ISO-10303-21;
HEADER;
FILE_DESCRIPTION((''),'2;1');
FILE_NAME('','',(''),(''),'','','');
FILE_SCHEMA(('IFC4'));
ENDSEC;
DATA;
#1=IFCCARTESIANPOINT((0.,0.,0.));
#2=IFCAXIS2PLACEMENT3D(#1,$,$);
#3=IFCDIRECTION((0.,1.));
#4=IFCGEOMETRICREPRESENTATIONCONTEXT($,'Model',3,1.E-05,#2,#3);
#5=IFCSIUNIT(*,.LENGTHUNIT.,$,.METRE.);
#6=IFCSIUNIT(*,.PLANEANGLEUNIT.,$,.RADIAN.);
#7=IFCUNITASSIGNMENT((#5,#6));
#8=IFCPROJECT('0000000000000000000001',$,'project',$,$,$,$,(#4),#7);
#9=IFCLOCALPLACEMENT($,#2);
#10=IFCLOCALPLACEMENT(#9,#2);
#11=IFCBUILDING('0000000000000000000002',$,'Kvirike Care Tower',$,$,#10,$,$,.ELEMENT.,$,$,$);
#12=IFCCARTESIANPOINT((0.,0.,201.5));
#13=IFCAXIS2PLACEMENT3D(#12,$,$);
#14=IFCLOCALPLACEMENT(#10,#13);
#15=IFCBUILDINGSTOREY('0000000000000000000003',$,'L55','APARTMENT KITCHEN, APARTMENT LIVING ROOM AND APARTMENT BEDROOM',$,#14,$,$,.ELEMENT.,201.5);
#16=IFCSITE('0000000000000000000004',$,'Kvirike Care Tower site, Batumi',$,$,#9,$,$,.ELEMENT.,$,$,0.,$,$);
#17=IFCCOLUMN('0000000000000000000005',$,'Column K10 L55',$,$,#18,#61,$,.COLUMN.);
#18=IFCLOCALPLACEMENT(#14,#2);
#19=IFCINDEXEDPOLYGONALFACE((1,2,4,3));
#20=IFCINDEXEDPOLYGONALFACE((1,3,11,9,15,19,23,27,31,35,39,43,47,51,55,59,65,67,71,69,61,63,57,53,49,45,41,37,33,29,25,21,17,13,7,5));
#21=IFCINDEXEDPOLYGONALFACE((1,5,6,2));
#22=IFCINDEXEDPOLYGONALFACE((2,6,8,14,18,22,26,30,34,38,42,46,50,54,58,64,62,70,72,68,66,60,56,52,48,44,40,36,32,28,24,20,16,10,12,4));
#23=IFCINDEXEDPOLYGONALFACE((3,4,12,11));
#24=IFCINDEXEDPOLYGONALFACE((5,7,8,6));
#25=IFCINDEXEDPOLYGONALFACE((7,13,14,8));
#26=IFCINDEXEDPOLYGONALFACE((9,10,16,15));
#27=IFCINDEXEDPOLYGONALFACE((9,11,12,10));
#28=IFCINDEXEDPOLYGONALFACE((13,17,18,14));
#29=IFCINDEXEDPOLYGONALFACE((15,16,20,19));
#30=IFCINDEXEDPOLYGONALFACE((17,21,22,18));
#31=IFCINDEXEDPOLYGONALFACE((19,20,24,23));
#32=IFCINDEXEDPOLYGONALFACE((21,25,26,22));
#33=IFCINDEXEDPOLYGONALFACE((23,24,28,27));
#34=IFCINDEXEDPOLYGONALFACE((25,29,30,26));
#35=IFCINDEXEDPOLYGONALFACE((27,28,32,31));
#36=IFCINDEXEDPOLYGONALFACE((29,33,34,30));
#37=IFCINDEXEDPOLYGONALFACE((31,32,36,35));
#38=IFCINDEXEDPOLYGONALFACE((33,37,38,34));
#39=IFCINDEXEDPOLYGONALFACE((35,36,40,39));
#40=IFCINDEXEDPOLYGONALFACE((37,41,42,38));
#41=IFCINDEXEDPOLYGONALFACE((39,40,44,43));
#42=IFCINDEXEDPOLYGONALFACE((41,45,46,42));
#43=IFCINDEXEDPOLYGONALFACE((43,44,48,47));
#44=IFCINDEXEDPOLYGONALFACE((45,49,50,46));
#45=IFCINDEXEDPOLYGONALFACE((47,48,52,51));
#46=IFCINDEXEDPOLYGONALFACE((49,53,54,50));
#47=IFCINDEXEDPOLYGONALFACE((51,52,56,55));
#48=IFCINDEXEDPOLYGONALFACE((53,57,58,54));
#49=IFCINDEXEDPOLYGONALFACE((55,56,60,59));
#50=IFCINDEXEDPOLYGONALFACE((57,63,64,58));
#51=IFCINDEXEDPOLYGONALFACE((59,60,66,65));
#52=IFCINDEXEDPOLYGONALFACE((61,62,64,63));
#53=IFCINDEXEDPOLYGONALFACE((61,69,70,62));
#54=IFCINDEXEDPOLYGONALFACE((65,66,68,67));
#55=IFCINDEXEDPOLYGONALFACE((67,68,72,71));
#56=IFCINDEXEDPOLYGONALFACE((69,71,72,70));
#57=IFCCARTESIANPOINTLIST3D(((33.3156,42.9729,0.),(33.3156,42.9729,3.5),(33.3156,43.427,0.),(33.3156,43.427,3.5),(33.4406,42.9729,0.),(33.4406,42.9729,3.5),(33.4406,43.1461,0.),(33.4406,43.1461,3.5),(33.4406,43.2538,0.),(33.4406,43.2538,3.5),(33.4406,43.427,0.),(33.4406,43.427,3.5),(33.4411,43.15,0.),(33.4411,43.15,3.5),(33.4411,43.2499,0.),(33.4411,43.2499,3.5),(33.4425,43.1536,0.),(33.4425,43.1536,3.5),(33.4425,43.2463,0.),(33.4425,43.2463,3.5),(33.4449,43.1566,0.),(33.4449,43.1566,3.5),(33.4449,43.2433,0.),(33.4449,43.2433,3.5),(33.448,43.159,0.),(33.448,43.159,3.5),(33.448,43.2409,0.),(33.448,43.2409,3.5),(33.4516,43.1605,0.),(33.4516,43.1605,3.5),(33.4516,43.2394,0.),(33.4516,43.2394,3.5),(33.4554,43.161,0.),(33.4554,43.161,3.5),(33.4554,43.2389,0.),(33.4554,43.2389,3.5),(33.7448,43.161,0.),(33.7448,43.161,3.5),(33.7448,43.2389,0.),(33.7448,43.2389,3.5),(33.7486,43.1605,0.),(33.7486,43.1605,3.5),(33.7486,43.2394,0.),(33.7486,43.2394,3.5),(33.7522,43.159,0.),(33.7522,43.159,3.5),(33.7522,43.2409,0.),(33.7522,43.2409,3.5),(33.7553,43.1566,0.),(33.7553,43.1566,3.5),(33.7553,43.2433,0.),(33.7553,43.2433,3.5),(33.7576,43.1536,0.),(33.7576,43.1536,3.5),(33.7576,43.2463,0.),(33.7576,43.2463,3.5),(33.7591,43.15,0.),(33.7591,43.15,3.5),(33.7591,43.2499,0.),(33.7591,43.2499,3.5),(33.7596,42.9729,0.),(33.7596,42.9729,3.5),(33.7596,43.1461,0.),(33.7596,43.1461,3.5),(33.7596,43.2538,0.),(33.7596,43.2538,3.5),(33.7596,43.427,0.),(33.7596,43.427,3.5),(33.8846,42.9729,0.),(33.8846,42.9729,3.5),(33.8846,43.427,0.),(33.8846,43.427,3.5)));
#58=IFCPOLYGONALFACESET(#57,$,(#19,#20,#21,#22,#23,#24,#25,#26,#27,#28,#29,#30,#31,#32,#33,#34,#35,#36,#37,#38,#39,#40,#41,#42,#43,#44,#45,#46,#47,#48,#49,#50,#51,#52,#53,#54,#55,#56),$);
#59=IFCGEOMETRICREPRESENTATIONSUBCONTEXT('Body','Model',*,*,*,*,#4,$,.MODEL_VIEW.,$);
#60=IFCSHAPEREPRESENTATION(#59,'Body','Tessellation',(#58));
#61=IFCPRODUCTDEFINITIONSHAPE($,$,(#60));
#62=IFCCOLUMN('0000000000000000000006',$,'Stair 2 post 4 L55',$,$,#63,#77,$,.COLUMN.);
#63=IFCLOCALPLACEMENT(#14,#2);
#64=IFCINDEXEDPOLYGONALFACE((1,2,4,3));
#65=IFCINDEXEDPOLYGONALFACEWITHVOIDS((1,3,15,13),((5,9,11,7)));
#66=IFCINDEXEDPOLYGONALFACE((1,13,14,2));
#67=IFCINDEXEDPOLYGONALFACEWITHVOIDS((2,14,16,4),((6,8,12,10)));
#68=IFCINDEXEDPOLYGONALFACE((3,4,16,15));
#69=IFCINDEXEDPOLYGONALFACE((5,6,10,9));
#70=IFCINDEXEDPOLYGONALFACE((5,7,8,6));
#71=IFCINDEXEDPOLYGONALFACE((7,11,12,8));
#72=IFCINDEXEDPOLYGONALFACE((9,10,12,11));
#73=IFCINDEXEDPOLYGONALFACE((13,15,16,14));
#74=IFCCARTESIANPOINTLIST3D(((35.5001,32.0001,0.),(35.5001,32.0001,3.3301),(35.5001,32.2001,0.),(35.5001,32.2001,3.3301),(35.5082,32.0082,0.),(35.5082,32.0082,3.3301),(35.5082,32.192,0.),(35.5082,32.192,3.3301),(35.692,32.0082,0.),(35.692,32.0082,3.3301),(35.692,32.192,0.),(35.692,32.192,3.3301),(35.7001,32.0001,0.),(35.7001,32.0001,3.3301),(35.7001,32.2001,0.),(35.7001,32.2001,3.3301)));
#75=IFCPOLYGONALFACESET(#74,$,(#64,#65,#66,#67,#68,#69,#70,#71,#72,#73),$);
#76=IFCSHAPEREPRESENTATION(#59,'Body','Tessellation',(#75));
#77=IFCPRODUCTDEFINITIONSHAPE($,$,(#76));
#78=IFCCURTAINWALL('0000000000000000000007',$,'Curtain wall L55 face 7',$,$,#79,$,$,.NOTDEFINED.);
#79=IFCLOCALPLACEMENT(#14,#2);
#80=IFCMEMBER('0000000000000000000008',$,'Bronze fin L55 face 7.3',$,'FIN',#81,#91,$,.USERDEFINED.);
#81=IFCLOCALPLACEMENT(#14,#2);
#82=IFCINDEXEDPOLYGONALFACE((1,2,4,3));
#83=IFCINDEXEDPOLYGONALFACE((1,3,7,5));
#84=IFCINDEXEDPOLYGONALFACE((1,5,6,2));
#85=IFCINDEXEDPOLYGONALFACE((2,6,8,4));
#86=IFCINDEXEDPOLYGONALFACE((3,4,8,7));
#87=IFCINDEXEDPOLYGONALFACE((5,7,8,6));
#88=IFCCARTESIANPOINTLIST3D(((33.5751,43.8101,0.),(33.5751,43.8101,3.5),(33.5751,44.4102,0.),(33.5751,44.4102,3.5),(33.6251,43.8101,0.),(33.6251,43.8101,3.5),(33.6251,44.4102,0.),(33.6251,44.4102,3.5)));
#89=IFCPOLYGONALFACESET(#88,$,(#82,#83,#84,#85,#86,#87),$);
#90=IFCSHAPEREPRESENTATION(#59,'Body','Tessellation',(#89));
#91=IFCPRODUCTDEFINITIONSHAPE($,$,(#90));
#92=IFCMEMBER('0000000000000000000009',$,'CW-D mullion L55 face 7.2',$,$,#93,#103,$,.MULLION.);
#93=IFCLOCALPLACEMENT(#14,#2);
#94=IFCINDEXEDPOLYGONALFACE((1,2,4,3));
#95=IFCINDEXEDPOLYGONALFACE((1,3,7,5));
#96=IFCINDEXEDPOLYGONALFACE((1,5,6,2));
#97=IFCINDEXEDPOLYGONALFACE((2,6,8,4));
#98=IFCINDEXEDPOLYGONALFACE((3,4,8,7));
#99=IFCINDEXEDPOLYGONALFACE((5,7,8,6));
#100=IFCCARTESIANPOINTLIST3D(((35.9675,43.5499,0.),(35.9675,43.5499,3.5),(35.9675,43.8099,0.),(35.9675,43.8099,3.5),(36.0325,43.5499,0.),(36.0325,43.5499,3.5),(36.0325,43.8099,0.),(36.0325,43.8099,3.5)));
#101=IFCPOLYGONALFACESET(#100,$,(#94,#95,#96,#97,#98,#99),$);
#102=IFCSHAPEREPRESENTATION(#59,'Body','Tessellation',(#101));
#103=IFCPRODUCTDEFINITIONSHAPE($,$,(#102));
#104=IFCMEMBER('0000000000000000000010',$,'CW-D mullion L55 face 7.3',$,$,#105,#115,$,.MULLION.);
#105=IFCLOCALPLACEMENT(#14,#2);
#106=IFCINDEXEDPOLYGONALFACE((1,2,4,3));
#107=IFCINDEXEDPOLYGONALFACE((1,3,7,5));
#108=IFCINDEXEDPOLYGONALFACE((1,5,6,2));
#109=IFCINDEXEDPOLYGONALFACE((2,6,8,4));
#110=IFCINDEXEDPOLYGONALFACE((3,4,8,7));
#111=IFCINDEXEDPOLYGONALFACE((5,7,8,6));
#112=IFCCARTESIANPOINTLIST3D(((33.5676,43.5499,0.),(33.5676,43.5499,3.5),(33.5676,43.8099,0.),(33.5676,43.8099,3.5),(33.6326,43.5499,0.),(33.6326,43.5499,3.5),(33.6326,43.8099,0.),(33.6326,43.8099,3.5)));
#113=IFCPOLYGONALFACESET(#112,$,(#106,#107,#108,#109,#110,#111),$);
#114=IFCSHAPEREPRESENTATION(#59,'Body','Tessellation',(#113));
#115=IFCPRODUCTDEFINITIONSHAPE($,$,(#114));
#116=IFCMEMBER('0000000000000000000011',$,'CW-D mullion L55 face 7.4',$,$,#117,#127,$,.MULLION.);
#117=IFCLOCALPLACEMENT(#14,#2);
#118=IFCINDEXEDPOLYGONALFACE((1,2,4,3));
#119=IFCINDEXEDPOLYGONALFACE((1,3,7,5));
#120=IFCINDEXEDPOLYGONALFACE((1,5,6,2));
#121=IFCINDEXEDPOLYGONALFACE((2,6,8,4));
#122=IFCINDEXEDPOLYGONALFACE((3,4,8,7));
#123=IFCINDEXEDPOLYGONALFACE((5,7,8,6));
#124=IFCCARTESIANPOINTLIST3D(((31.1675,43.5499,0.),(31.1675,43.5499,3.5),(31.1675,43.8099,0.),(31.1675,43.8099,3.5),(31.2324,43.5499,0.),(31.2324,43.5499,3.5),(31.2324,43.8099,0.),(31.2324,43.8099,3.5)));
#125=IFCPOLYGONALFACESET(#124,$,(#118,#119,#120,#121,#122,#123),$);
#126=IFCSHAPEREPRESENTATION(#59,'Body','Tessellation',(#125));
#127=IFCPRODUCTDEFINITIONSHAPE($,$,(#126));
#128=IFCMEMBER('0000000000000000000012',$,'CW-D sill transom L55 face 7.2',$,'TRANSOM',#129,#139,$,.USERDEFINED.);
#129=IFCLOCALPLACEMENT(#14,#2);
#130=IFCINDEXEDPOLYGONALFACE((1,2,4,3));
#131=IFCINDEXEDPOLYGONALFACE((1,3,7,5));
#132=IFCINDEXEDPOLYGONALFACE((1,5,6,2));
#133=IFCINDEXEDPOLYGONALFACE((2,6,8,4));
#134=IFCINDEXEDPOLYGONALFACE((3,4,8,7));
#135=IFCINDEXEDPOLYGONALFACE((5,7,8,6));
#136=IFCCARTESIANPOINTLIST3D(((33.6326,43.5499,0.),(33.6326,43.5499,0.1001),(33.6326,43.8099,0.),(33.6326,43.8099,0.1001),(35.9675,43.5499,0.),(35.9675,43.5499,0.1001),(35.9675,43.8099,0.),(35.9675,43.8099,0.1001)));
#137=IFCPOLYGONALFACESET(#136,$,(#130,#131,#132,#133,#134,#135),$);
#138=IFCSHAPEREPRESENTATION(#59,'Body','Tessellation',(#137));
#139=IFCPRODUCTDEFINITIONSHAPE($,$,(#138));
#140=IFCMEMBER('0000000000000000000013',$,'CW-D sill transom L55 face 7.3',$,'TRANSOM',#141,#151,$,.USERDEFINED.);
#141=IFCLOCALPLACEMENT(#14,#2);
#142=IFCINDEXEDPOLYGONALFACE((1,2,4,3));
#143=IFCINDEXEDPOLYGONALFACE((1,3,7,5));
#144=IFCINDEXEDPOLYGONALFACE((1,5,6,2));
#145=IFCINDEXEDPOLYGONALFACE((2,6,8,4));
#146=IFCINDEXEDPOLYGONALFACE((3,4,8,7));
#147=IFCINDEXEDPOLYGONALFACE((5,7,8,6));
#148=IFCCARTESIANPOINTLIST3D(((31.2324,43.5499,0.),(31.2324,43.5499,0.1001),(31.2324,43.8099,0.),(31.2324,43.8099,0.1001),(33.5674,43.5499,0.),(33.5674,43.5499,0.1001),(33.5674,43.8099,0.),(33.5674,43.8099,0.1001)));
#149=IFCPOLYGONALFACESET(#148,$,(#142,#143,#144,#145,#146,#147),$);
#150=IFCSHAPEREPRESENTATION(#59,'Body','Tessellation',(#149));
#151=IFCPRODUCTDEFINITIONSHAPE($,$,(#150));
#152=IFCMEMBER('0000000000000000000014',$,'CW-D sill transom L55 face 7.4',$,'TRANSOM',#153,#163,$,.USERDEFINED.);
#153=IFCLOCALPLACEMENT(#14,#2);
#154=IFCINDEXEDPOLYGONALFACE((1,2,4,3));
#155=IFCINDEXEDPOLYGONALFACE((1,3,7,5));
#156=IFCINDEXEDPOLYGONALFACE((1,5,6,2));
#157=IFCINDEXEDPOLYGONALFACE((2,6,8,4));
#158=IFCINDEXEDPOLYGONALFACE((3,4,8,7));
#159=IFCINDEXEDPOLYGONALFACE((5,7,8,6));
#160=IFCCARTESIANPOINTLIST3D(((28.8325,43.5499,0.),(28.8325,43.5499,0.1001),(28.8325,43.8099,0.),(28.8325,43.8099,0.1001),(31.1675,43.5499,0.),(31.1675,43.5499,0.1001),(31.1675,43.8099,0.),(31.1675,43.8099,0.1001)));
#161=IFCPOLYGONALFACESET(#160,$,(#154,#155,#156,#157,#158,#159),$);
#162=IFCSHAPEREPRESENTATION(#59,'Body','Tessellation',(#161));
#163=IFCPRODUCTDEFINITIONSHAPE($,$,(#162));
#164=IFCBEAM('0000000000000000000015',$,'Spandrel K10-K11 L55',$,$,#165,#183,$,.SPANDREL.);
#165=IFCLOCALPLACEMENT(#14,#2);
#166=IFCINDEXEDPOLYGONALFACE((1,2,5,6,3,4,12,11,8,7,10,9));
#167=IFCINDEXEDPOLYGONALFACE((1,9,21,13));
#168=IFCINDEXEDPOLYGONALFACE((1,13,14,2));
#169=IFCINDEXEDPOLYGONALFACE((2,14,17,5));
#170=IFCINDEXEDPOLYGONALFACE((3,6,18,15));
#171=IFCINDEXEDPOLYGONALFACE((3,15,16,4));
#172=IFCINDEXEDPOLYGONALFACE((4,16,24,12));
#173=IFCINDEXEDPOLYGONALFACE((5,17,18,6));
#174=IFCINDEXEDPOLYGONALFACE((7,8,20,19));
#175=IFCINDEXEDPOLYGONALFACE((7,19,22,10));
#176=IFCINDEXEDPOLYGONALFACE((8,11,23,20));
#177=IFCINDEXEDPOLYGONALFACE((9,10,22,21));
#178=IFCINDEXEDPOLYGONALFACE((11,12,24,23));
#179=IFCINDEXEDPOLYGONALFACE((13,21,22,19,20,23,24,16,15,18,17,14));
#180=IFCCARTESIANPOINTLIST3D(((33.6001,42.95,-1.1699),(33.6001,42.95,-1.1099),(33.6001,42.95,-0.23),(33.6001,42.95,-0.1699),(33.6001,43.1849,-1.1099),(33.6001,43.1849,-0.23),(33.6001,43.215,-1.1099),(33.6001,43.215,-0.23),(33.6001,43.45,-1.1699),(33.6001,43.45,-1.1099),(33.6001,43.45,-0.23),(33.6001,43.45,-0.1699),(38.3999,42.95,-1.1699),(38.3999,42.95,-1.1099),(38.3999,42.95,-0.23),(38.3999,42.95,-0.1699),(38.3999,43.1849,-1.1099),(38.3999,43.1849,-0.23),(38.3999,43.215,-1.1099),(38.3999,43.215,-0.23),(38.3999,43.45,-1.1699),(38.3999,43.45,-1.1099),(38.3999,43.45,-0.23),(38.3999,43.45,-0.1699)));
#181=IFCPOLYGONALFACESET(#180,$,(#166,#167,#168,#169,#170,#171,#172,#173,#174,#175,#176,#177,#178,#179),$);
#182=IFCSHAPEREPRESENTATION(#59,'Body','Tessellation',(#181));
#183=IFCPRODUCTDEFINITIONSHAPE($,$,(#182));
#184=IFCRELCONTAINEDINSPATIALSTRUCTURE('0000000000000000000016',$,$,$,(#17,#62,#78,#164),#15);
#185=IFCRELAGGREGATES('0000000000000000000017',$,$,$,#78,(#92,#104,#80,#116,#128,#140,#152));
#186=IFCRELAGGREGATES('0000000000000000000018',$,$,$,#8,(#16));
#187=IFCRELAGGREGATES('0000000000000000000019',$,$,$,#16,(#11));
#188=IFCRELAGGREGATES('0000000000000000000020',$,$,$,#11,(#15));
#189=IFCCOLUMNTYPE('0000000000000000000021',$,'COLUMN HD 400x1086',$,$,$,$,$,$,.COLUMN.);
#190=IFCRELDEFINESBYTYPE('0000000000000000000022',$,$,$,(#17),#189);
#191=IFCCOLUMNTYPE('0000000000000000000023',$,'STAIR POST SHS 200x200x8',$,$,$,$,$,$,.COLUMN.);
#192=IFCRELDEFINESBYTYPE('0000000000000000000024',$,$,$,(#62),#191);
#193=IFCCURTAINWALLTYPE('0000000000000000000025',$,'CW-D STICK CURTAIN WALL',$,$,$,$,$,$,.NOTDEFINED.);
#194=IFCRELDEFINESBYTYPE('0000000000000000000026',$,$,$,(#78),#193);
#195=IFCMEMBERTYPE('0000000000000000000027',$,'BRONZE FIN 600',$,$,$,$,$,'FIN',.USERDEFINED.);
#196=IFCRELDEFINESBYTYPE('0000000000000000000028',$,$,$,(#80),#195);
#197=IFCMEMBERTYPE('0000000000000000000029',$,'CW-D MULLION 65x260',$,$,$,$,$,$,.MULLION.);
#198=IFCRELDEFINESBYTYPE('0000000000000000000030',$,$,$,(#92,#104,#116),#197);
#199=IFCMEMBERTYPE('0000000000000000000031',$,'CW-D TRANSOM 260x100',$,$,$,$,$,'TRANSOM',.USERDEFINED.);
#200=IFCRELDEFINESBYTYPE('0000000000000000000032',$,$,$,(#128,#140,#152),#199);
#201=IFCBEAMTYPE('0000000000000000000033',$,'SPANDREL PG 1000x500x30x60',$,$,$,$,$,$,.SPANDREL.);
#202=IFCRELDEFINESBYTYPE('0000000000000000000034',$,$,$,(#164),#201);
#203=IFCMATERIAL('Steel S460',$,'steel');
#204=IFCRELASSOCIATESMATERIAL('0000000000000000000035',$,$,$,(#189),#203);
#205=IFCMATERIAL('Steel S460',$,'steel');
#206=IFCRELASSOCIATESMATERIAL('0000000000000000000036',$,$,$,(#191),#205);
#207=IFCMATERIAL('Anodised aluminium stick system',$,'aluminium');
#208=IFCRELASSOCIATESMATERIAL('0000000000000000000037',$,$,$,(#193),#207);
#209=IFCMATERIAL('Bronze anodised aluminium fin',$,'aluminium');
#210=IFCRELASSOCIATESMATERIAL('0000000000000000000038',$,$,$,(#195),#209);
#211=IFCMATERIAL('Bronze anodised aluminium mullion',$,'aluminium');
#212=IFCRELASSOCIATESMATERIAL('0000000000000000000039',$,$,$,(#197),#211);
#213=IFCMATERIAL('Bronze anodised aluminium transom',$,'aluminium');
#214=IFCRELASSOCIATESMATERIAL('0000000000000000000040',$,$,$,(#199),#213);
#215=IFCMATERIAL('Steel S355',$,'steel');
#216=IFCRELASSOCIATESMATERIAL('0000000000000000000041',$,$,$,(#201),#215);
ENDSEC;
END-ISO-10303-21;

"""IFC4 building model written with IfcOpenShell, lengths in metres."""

from ifc_helpers import new_model, si_unit, direction, frame, origin, origin_2d, place, context, subcontext, project, spatial, rectangle, hollow_rectangle, i_section, extrude, material, material_profile, profile_set, type_object, element, aggregate, save


model = new_model("IFC4")

# Units and contexts
model_context = context("Model", 3, precision=1e-05, world=origin(), true_north=direction((0.0, 1.0)))
body_context = subcontext(model_context, "Body", "Model", "MODEL_VIEW")
ifc_project = project(units=[si_unit("LENGTHUNIT", "METRE"), si_unit("PLANEANGLEUNIT", "RADIAN")], contexts=[model_context])

# Site, building, storey
site_placement = place(None, origin())
site = spatial("IfcSite", under=ifc_project, at=site_placement, Name="Kvirike Care Tower site, Batumi", CompositionType="ELEMENT", RefElevation=0.0)
building_placement = place(site_placement, origin())
building = spatial("IfcBuilding", under=site, at=building_placement, Name="Kvirike Care Tower", CompositionType="ELEMENT")
storey_placement = place(building_placement, frame((0.0, 0.0, 201.5)))
storey = spatial("IfcBuildingStorey", under=building, at=storey_placement, Name="L55", Description="APARTMENT KITCHEN, APARTMENT LIVING ROOM AND APARTMENT BEDROOM", CompositionType="ELEMENT", Elevation=201.5)

# Columns
ifc_material_1 = material(Name="Steel S460", Category="steel")
ifc_material_profile_1 = material_profile(ifc_material_1, i_section(OverallWidth=0.4541, OverallDepth=0.5691, WebThickness=0.0779, FlangeThickness=0.125, FilletRadius=0.0149, at=origin_2d()), Name="HD 400x1086")
ifc_profile_set_1 = profile_set([ifc_material_profile_1], Name="Steel S460")
column_type_1 = type_object("IfcColumnType", Name="COLUMN HD 400x1086", PredefinedType="COLUMN", material=ifc_profile_set_1)
column_1_placement = place(storey_placement, frame((33.6001, 43.2, 0.0), z_axis=(0.0, 0.0, 1.0), x_axis=(0.0, 1.0, 0.0)))
element("IfcColumn", 1, at=column_1_placement, inside=storey, type_object=column_type_1, Name="Column K10 L55", PredefinedType="COLUMN", context=body_context, shape_type="SweptSolid", body=[
    extrude(i_section(OverallWidth=0.4541, OverallDepth=0.5691, WebThickness=0.0779, FlangeThickness=0.125, FilletRadius=0.0149, at=origin_2d()), origin(), (0.0, 0.0, 1.0), 3.5),
])
ifc_material_2 = material(Name="Steel S460", Category="steel")
ifc_material_profile_2 = material_profile(ifc_material_2, hollow_rectangle(XDim=0.2, YDim=0.2, WallThickness=0.0081, at=origin_2d()), Name="SHS 200x200x8")
ifc_profile_set_2 = profile_set([ifc_material_profile_2], Name="Steel S460")
column_type_2 = type_object("IfcColumnType", Name="STAIR POST SHS 200x200x8", PredefinedType="COLUMN", material=ifc_profile_set_2)
column_2_placement = place(storey_placement, frame((35.6001, 32.1001, 0.0), z_axis=(0.0, 0.0, 1.0), x_axis=(1.0, 0.0, 0.0)))
element("IfcColumn", 2, at=column_2_placement, inside=storey, type_object=column_type_2, Name="Stair 2 post 4 L55", PredefinedType="COLUMN", context=body_context, shape_type="SweptSolid", body=[
    extrude(hollow_rectangle(XDim=0.2, YDim=0.2, WallThickness=0.0081, at=origin_2d()), origin(), (0.0, 0.0, 1.0), 3.3301),
])

# Curtain wall, members
ifc_material_3 = material(Name="Anodised aluminium stick system", Category="aluminium")
curtain_wall_type = type_object("IfcCurtainWallType", Name="CW-D STICK CURTAIN WALL", PredefinedType="NOTDEFINED", material=ifc_material_3)
curtain_wall_placement = place(storey_placement, origin())
curtain_wall = element("IfcCurtainWall", 3, at=curtain_wall_placement, inside=storey, type_object=curtain_wall_type, Name="Curtain wall L55 face 7", PredefinedType="NOTDEFINED")
ifc_material_4 = material(Name="Bronze anodised aluminium fin", Category="aluminium")
ifc_material_profile_3 = material_profile(ifc_material_4, rectangle(XDim=0.05, YDim=0.6001, at=origin_2d()), Name="BRONZE FIN 600")
ifc_profile_set_3 = profile_set([ifc_material_profile_3], Name="Bronze anodised aluminium fin")
member_type_1 = type_object("IfcMemberType", Name="BRONZE FIN 600", ElementType="FIN", PredefinedType="USERDEFINED", material=ifc_profile_set_3)
member_1_placement = place(storey_placement, frame((33.6001, 44.1101, 0.0), z_axis=(0.0, 0.0, 1.0), x_axis=(-1.0, 0.0, 0.0)))
member_1 = element("IfcMember", 4, at=member_1_placement, type_object=member_type_1, Name="Bronze fin L55 face 7.3", ObjectType="FIN", PredefinedType="USERDEFINED", context=body_context, shape_type="SweptSolid", body=[
    extrude(rectangle(XDim=0.05, YDim=0.6001, at=origin_2d()), origin(), (0.0, 0.0, 1.0), 3.5),
])
ifc_material_5 = material(Name="Bronze anodised aluminium mullion", Category="aluminium")
ifc_material_profile_4 = material_profile(ifc_material_5, rectangle(XDim=0.0649, YDim=0.26, at=origin_2d()), Name="CW-D MULLION 65x260")
ifc_profile_set_4 = profile_set([ifc_material_profile_4], Name="Bronze anodised aluminium mullion")
member_type_2 = type_object("IfcMemberType", Name="CW-D MULLION 65x260", PredefinedType="MULLION", material=ifc_profile_set_4)
member_2_placement = place(storey_placement, frame((36.0, 43.6799, 0.0), z_axis=(0.0, 0.0, 1.0), x_axis=(-1.0, 0.0, 0.0)))
member_2 = element("IfcMember", 5, at=member_2_placement, type_object=member_type_2, Name="CW-D mullion L55 face 7.2", PredefinedType="MULLION", context=body_context, shape_type="SweptSolid", body=[
    extrude(rectangle(XDim=0.0649, YDim=0.26, at=origin_2d()), origin(), (0.0, 0.0, 1.0), 3.5),
])
member_3_placement = place(storey_placement, frame((33.6001, 43.6799, 0.0), z_axis=(0.0, 0.0, 1.0), x_axis=(-1.0, 0.0, 0.0)))
member_3 = element("IfcMember", 6, at=member_3_placement, type_object=member_type_2, Name="CW-D mullion L55 face 7.3", PredefinedType="MULLION", context=body_context, shape_type="SweptSolid", body=[
    extrude(rectangle(XDim=0.0649, YDim=0.26, at=origin_2d()), origin(), (0.0, 0.0, 1.0), 3.5),
])
member_4_placement = place(storey_placement, frame((31.2, 43.6799, 0.0), z_axis=(0.0, 0.0, 1.0), x_axis=(-1.0, 0.0, 0.0)))
member_4 = element("IfcMember", 7, at=member_4_placement, type_object=member_type_2, Name="CW-D mullion L55 face 7.4", PredefinedType="MULLION", context=body_context, shape_type="SweptSolid", body=[
    extrude(rectangle(XDim=0.0649, YDim=0.26, at=origin_2d()), origin(), (0.0, 0.0, 1.0), 3.5),
])
ifc_material_6 = material(Name="Bronze anodised aluminium transom", Category="aluminium")
ifc_material_profile_5 = material_profile(ifc_material_6, rectangle(XDim=0.26, YDim=0.1001, at=origin_2d()), Name="CW-D TRANSOM 260x100")
ifc_profile_set_5 = profile_set([ifc_material_profile_5], Name="Bronze anodised aluminium transom")
member_type_3 = type_object("IfcMemberType", Name="CW-D TRANSOM 260x100", ElementType="TRANSOM", PredefinedType="USERDEFINED", material=ifc_profile_set_5)
member_5_placement = place(storey_placement, frame((35.9675, 43.6799, 0.05), z_axis=(-1.0, 0.0, 0.0), x_axis=(0.0, -1.0, 0.0)))
member_5 = element("IfcMember", 8, at=member_5_placement, type_object=member_type_3, Name="CW-D sill transom L55 face 7.2", ObjectType="TRANSOM", PredefinedType="USERDEFINED", context=body_context, shape_type="SweptSolid", body=[
    extrude(rectangle(XDim=0.26, YDim=0.1001, at=origin_2d()), origin(), (0.0, 0.0, 1.0), 2.335),
])
member_6_placement = place(storey_placement, frame((33.5674, 43.6799, 0.05), z_axis=(-1.0, 0.0, 0.0), x_axis=(0.0, -1.0, 0.0)))
member_6 = element("IfcMember", 9, at=member_6_placement, type_object=member_type_3, Name="CW-D sill transom L55 face 7.3", ObjectType="TRANSOM", PredefinedType="USERDEFINED", context=body_context, shape_type="SweptSolid", body=[
    extrude(rectangle(XDim=0.26, YDim=0.1001, at=origin_2d()), origin(), (0.0, 0.0, 1.0), 2.335),
])
member_7_placement = place(storey_placement, frame((31.1675, 43.6799, 0.05), z_axis=(-1.0, 0.0, 0.0), x_axis=(0.0, -1.0, 0.0)))
member_7 = element("IfcMember", 10, at=member_7_placement, type_object=member_type_3, Name="CW-D sill transom L55 face 7.4", ObjectType="TRANSOM", PredefinedType="USERDEFINED", context=body_context, shape_type="SweptSolid", body=[
    extrude(rectangle(XDim=0.26, YDim=0.1001, at=origin_2d()), origin(), (0.0, 0.0, 1.0), 2.335),
])

# Beam
ifc_material_7 = material(Name="Steel S355", Category="steel")
ifc_material_profile_6 = material_profile(ifc_material_7, i_section(OverallWidth=0.5, OverallDepth=1.0, WebThickness=0.03, FlangeThickness=0.0601, at=origin_2d()), Name="PG 1000x500x30x60")
ifc_profile_set_6 = profile_set([ifc_material_profile_6], Name="Steel S355")
beam_type = type_object("IfcBeamType", Name="SPANDREL PG 1000x500x30x60", PredefinedType="SPANDREL", material=ifc_profile_set_6)
beam_placement = place(storey_placement, frame((33.6001, 43.2, -0.6699), z_axis=(1.0, 0.0, 0.0), x_axis=(0.0, 1.0, 0.0)))
element("IfcBeam", 11, at=beam_placement, inside=storey, type_object=beam_type, Name="Spandrel K10-K11 L55", PredefinedType="SPANDREL", context=body_context, shape_type="SweptSolid", body=[
    extrude(i_section(OverallWidth=0.5, OverallDepth=1.0, WebThickness=0.03, FlangeThickness=0.0601, at=origin_2d()), origin(), (0.0, 0.0, 1.0), 4.7998),
])

aggregate(curtain_wall, [member_2, member_3, member_1, member_4, member_5, member_6, member_7])

save(model, "model.ifc")
